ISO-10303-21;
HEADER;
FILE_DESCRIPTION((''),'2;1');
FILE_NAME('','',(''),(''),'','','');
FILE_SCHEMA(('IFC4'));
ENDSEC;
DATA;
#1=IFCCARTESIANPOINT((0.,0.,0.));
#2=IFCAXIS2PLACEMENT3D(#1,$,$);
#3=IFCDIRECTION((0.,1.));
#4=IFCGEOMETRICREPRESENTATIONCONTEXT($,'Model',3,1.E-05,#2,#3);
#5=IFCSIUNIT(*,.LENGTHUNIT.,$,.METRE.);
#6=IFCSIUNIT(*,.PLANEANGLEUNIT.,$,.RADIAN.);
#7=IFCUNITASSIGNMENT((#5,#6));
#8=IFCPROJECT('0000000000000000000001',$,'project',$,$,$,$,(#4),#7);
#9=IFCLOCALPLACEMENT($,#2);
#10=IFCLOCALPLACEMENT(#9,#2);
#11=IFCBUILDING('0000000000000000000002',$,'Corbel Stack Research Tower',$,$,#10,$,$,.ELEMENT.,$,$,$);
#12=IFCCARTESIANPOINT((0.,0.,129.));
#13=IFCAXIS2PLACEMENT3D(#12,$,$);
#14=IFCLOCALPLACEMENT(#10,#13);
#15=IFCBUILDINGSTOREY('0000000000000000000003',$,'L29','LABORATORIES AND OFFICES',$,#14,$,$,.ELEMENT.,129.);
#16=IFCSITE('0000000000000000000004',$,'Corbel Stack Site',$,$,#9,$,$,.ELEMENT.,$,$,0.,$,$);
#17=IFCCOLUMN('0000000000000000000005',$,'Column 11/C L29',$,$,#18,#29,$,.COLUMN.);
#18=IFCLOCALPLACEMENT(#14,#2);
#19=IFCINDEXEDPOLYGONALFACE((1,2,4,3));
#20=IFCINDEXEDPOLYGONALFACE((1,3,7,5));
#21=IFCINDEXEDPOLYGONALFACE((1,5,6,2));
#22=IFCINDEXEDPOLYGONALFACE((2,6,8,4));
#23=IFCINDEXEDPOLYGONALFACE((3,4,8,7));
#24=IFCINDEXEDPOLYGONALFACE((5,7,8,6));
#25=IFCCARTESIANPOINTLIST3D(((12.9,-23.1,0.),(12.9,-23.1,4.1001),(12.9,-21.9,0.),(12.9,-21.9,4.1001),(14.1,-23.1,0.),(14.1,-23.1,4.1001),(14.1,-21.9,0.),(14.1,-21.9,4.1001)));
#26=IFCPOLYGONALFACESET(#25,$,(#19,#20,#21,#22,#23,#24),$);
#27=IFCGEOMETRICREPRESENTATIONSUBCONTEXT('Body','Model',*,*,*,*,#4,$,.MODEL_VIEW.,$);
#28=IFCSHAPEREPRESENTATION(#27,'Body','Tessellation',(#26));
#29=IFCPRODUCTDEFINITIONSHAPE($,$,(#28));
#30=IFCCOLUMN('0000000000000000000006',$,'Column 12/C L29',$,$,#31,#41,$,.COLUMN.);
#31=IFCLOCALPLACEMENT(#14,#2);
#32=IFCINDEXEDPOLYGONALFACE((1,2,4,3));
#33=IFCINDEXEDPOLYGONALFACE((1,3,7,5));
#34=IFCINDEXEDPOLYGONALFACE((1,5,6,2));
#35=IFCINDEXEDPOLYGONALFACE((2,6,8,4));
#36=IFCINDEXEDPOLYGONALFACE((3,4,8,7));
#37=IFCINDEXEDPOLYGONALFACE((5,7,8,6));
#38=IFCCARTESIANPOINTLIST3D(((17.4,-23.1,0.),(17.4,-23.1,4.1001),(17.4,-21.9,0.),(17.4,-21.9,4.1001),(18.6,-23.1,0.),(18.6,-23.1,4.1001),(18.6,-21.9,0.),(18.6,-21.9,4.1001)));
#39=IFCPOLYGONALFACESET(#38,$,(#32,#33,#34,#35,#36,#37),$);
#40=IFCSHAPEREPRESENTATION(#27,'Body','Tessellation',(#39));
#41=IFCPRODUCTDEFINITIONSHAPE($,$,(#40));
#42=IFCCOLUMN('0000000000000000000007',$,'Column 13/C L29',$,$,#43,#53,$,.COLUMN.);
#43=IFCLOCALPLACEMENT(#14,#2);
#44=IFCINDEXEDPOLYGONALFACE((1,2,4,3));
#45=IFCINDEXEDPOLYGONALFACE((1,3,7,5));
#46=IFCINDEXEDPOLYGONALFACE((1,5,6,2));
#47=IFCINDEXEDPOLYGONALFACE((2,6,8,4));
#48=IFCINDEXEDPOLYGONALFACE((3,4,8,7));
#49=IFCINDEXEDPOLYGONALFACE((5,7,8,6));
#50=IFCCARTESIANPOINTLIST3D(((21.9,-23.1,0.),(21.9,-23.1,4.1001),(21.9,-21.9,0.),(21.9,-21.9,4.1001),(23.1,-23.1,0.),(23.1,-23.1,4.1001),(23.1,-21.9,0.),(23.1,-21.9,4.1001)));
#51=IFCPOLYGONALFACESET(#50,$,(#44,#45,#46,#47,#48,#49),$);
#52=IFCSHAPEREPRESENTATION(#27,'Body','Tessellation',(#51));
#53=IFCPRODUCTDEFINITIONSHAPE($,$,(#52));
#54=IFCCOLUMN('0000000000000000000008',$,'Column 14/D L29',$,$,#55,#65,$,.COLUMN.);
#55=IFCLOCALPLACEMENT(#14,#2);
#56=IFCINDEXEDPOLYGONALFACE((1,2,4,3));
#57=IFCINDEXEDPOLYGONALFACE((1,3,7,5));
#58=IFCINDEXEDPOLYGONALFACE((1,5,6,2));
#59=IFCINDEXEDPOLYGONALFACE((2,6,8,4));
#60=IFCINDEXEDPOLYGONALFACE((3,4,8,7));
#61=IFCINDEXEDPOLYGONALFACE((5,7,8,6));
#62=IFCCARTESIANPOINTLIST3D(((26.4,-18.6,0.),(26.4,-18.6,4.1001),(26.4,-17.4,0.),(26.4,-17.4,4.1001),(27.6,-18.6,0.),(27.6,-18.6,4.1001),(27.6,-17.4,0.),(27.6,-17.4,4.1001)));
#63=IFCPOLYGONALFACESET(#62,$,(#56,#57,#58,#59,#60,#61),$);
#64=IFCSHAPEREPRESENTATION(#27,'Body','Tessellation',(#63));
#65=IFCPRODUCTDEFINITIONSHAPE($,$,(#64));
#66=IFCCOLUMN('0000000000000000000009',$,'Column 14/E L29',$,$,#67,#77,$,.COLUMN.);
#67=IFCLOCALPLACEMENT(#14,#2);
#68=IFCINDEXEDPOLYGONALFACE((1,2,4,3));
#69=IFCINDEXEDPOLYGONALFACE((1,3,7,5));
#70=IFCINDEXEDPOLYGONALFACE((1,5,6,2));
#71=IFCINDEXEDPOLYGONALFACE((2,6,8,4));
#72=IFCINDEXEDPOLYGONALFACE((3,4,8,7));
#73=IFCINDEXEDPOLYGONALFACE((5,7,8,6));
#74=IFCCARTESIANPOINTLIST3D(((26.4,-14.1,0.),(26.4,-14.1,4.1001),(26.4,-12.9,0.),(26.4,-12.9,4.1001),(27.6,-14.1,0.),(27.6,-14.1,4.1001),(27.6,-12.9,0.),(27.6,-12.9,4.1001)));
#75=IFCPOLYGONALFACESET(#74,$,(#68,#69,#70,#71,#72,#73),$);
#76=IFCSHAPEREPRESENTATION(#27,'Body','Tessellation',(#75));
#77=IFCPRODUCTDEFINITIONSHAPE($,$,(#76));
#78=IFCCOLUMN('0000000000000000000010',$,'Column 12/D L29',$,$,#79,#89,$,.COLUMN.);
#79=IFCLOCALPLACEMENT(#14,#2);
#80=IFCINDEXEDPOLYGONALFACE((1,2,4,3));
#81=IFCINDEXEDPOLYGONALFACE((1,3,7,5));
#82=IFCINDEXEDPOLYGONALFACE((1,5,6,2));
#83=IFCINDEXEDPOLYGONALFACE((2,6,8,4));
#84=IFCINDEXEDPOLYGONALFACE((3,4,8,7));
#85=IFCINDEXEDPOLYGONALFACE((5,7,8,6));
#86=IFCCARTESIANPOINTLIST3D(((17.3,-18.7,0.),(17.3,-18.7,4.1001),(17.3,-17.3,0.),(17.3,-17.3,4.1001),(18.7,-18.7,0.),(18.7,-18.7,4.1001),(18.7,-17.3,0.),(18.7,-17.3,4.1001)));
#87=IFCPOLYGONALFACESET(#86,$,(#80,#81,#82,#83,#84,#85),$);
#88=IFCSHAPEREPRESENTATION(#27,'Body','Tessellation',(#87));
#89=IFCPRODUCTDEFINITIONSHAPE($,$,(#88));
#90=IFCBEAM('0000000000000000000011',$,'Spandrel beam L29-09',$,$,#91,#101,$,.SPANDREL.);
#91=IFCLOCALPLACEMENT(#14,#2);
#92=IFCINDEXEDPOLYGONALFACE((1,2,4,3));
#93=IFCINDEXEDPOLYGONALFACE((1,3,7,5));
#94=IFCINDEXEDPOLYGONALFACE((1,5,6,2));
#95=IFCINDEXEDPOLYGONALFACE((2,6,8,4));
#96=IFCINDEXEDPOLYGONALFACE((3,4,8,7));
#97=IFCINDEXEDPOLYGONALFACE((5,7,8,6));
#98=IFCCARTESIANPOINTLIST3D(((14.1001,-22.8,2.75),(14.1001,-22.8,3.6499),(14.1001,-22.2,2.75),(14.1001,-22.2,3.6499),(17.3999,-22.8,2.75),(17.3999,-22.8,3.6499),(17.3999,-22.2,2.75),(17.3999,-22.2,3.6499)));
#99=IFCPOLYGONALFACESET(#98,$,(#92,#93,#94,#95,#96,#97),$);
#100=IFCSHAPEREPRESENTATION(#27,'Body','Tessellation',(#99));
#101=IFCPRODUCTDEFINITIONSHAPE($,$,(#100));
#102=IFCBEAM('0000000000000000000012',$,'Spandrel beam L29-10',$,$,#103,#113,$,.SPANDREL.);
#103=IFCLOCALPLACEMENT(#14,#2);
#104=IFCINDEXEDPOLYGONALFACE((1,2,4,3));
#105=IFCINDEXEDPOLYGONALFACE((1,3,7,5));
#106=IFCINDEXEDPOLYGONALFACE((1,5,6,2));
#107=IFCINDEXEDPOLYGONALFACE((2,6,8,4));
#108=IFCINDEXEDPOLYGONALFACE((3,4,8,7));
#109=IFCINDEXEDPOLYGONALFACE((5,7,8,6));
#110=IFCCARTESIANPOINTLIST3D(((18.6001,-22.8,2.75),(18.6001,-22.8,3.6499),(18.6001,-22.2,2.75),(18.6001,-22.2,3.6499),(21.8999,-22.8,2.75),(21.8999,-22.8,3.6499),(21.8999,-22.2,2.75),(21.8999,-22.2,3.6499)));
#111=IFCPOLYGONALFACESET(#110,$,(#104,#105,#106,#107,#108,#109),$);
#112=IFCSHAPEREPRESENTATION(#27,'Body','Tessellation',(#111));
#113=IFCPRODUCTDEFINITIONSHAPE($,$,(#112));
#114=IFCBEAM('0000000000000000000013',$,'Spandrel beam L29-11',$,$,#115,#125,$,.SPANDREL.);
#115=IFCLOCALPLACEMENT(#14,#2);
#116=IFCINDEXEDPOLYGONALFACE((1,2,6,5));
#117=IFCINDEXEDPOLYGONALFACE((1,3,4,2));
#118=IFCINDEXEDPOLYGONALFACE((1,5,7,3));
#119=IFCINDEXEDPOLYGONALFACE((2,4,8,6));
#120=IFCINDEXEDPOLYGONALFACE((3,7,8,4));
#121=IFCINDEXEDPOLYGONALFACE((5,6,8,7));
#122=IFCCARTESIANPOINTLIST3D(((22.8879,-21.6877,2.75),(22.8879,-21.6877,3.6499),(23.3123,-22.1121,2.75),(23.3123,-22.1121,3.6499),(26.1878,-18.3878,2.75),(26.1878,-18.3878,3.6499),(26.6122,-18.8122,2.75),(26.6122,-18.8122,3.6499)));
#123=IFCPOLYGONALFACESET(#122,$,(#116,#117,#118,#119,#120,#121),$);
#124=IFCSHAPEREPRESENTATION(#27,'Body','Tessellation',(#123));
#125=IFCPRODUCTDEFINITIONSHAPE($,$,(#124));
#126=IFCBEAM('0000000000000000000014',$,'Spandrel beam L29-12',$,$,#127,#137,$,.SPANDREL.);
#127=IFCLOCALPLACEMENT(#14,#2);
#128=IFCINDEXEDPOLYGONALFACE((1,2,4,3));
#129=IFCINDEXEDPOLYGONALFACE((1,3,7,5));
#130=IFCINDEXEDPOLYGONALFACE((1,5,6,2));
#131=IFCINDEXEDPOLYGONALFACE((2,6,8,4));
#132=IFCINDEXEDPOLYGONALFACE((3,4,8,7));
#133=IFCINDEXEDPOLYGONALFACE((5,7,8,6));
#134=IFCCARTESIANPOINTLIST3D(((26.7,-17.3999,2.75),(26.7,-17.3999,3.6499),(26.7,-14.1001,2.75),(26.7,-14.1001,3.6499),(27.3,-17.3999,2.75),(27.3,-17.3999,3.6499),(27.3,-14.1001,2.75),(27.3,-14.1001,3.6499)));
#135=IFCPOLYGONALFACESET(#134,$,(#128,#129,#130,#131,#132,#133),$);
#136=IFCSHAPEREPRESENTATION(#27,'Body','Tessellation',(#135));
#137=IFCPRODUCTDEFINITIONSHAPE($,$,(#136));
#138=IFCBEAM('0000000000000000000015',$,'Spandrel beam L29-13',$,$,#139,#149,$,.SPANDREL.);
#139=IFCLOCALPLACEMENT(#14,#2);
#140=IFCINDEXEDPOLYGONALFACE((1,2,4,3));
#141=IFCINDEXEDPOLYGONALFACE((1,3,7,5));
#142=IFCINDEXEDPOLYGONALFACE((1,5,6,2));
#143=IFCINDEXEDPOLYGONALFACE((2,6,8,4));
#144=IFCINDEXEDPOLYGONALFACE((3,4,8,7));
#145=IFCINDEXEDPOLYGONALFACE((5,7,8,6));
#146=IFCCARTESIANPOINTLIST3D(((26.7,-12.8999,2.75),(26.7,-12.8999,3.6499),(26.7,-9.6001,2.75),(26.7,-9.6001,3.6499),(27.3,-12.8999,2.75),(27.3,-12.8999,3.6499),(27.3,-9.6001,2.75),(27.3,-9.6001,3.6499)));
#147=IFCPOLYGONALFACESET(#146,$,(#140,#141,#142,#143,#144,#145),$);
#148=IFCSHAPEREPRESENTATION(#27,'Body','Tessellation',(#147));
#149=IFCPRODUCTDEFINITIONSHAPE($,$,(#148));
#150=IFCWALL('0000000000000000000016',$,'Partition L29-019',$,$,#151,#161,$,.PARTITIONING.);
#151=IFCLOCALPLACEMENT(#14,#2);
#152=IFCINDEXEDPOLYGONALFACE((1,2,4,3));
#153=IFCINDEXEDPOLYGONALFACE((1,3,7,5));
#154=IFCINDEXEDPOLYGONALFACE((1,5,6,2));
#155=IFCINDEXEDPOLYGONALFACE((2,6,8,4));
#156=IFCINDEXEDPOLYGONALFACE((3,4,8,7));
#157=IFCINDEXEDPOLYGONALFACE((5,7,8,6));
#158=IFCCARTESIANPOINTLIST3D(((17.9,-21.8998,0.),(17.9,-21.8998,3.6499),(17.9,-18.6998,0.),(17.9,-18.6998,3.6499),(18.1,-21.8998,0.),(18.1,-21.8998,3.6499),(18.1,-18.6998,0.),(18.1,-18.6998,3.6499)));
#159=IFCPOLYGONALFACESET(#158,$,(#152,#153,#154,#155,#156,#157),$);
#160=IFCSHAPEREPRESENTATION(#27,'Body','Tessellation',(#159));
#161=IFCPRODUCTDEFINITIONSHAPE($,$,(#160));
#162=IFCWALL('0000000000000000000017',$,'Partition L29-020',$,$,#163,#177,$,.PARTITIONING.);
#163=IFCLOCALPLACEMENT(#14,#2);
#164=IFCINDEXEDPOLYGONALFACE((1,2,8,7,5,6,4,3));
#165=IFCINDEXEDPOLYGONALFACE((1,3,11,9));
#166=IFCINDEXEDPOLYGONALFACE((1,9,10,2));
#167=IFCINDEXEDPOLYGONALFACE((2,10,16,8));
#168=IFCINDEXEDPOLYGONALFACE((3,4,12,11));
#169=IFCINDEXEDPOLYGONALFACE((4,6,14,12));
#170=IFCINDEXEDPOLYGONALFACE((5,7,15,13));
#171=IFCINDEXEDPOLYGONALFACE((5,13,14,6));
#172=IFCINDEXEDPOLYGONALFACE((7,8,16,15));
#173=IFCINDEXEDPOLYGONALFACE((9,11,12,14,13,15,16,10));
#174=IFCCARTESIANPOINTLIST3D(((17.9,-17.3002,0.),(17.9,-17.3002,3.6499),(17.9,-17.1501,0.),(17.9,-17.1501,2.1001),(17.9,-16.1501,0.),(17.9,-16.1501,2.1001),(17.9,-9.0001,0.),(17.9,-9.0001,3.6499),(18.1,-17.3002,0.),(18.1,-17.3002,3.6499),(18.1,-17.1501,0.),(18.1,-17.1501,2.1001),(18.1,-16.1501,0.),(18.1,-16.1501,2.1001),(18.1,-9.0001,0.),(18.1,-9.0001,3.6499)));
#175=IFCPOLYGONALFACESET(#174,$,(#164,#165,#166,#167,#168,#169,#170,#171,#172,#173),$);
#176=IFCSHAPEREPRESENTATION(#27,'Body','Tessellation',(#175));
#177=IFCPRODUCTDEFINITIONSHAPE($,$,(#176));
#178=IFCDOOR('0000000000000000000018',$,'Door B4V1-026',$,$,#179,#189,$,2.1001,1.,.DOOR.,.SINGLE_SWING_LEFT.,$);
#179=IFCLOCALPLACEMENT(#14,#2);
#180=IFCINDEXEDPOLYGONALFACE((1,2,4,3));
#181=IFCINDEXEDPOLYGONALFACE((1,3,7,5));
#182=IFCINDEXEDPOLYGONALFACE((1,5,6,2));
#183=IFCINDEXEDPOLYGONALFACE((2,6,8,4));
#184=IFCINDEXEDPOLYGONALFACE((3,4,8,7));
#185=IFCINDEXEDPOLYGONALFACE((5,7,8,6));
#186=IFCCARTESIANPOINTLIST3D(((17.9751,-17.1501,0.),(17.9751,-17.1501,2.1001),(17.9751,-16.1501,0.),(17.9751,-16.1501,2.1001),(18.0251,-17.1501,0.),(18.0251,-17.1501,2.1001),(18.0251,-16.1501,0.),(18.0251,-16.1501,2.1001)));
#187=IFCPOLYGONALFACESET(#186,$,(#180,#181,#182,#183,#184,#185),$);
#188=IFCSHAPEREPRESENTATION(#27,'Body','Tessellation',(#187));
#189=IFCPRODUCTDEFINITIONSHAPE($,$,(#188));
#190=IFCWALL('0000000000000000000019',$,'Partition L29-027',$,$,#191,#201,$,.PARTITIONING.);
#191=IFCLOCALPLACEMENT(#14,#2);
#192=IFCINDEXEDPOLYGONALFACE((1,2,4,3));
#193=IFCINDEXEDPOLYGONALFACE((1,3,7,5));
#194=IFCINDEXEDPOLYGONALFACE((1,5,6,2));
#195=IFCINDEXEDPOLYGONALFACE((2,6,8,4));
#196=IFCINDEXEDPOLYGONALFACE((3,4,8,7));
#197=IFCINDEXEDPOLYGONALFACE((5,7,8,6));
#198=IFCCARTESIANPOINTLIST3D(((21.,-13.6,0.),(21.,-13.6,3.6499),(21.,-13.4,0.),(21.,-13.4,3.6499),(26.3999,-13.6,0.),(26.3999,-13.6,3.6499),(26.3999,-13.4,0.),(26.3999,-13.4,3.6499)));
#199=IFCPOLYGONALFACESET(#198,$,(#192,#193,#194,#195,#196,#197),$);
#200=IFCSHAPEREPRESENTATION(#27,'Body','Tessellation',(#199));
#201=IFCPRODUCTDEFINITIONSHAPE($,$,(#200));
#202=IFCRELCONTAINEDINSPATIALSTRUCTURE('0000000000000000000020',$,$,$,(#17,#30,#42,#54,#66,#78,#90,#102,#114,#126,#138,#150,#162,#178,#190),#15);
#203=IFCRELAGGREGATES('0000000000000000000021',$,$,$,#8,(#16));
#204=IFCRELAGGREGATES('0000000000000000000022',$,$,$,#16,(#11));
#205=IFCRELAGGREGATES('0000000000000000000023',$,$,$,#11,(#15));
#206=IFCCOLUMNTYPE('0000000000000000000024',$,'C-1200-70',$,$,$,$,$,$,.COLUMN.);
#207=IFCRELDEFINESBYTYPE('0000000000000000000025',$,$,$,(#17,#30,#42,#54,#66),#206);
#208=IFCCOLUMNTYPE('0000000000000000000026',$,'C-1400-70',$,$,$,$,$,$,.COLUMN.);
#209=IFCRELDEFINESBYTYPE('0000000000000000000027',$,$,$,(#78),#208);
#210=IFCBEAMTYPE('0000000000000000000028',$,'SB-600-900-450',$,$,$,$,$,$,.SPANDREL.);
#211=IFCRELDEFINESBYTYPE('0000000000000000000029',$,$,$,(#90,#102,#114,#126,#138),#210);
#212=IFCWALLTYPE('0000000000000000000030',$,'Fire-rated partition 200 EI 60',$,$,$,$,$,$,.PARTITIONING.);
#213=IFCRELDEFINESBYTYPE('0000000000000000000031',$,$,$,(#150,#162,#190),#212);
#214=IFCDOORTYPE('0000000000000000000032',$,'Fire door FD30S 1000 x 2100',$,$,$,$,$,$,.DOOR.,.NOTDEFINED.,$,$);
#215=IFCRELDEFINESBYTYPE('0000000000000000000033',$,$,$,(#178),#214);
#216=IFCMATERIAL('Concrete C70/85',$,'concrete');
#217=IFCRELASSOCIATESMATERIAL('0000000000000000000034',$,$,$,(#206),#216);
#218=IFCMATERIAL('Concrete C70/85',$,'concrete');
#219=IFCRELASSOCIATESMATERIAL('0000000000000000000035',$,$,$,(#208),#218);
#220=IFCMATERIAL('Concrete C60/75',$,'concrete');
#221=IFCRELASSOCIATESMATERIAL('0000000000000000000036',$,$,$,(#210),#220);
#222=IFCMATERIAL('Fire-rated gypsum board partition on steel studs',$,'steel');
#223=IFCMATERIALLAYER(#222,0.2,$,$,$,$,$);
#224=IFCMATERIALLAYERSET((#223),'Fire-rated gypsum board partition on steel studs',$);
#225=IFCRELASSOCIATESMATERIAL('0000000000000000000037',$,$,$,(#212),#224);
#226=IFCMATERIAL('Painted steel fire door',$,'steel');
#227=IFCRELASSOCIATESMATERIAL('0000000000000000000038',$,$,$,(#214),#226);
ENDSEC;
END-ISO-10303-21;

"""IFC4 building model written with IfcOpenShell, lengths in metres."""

from ifc_helpers import new_model, si_unit, direction, frame, frame_2d, origin, origin_2d, place, context, subcontext, project, spatial, rectangle, extrude, material, layer, layer_set, material_profile, profile_set, type_object, element, fill, save


model = new_model("IFC4")

# Units and contexts
model_context = context("Model", 3, precision=1e-05, world=origin(), true_north=direction((0.0, 1.0)))
body_context = subcontext(model_context, "Body", "Model", "MODEL_VIEW")
ifc_project = project(units=[si_unit("LENGTHUNIT", "METRE"), si_unit("PLANEANGLEUNIT", "RADIAN")], contexts=[model_context])

# Site, building, storey
site_placement = place(None, origin())
site = spatial("IfcSite", under=ifc_project, at=site_placement, Name="Corbel Stack Site", CompositionType="ELEMENT", RefElevation=0.0)
building_placement = place(site_placement, origin())
building = spatial("IfcBuilding", under=site, at=building_placement, Name="Corbel Stack Research Tower", CompositionType="ELEMENT")
storey_placement = place(building_placement, frame((0.0, 0.0, 129.0)))
storey = spatial("IfcBuildingStorey", under=building, at=storey_placement, Name="L29", Description="LABORATORIES AND OFFICES", CompositionType="ELEMENT", Elevation=129.0)

# Columns
ifc_material_1 = material(Name="Concrete C70/85", Category="concrete")
ifc_material_profile_1 = material_profile(ifc_material_1, rectangle(XDim=1.2, YDim=1.2, at=origin_2d()), Name="RC 1200 x 1200")
ifc_profile_set_1 = profile_set([ifc_material_profile_1], Name="Concrete C70/85")
column_type_1 = type_object("IfcColumnType", Name="C-1200-70", PredefinedType="COLUMN", material=ifc_profile_set_1)
for number, where, z_axis, x_axis, name in (
    (1, (13.5, -22.5, 0.0), (0.0, 0.0, 1.0), (1.0, 0.0, 0.0), "Column 11/C L29"),
    (2, (18.0, -22.5, 0.0), (0.0, 0.0, 1.0), (1.0, 0.0, 0.0), "Column 12/C L29"),
    (3, (22.5, -22.5, 0.0), (0.0, 0.0, 1.0), (1.0, 0.0, 0.0), "Column 13/C L29"),
    (4, (27.0, -18.0, 0.0), (0.0, 0.0, 1.0), (1.0, 0.0, 0.0), "Column 14/D L29"),
    (5, (27.0, -13.5, 0.0), (0.0, 0.0, 1.0), (1.0, 0.0, 0.0), "Column 14/E L29"),
):
    element("IfcColumn", number, at=place(storey_placement, frame(where, z_axis=z_axis, x_axis=x_axis)), inside=storey, type_object=column_type_1, Name=name, PredefinedType="COLUMN", context=body_context, shape_type="SweptSolid", body=[
        extrude(rectangle(XDim=1.2, YDim=1.2, at=origin_2d()), origin(), (0.0, 0.0, 1.0), 4.1001),
    ])
ifc_material_2 = material(Name="Concrete C70/85", Category="concrete")
ifc_material_profile_2 = material_profile(ifc_material_2, rectangle(XDim=1.3999, YDim=1.3999, at=origin_2d()), Name="RC 1400 x 1400")
ifc_profile_set_2 = profile_set([ifc_material_profile_2], Name="Concrete C70/85")
column_type_2 = type_object("IfcColumnType", Name="C-1400-70", PredefinedType="COLUMN", material=ifc_profile_set_2)
column_placement = place(storey_placement, frame((18.0, -18.0, 0.0), z_axis=(0.0, 0.0, 1.0), x_axis=(1.0, 0.0, 0.0)))
element("IfcColumn", 6, at=column_placement, inside=storey, type_object=column_type_2, Name="Column 12/D L29", PredefinedType="COLUMN", context=body_context, shape_type="SweptSolid", body=[
    extrude(rectangle(XDim=1.3999, YDim=1.3999, at=origin_2d()), origin(), (0.0, 0.0, 1.0), 4.1001),
])

# Beams
ifc_material_3 = material(Name="Concrete C60/75", Category="concrete")
ifc_material_profile_3 = material_profile(ifc_material_3, rectangle(XDim=0.6001, YDim=0.8999, at=origin_2d()), Name="RC 600 x 900")
ifc_profile_set_3 = profile_set([ifc_material_profile_3], Name="Concrete C60/75")
beam_type = type_object("IfcBeamType", Name="SB-600-900-450", PredefinedType="SPANDREL", material=ifc_profile_set_3)
for number, where, z_axis, x_axis, name in (
    (7, (14.1001, -22.5, 3.2), (1.0, 0.0, 0.0), (0.0, 1.0, 0.0), "Spandrel beam L29-09"),
    (8, (18.6001, -22.5, 3.2), (1.0, 0.0, 0.0), (0.0, 1.0, 0.0), "Spandrel beam L29-10"),
):
    element("IfcBeam", number, at=place(storey_placement, frame(where, z_axis=z_axis, x_axis=x_axis)), inside=storey, type_object=beam_type, Name=name, PredefinedType="SPANDREL", context=body_context, shape_type="SweptSolid", body=[
        extrude(rectangle(XDim=0.6001, YDim=0.8999, at=origin_2d()), origin(), (0.0, 0.0, 1.0), 3.2998),
    ])
beam_placement = place(storey_placement, frame((23.1001, -21.8999, 3.2), z_axis=(0.707107, 0.707107, 0.0), x_axis=(-0.707107, 0.707107, 0.0)))
element("IfcBeam", 9, at=beam_placement, inside=storey, type_object=beam_type, Name="Spandrel beam L29-11", PredefinedType="SPANDREL", context=body_context, shape_type="SweptSolid", body=[
    extrude(rectangle(XDim=0.6001, YDim=0.8999, at=origin_2d()), origin(), (0.0, 0.0, 1.0), 4.6667),
])
for number, where, z_axis, x_axis, name in (
    (10, (27.0, -17.3999, 3.2), (0.0, 1.0, 0.0), (-1.0, 0.0, 0.0), "Spandrel beam L29-12"),
    (11, (27.0, -12.8999, 3.2), (0.0, 1.0, 0.0), (-1.0, 0.0, 0.0), "Spandrel beam L29-13"),
):
    element("IfcBeam", number, at=place(storey_placement, frame(where, z_axis=z_axis, x_axis=x_axis)), inside=storey, type_object=beam_type, Name=name, PredefinedType="SPANDREL", context=body_context, shape_type="SweptSolid", body=[
        extrude(rectangle(XDim=0.6001, YDim=0.8999, at=origin_2d()), origin(), (0.0, 0.0, 1.0), 3.2998),
    ])

# Wall
ifc_material_4 = material(Name="Fire-rated gypsum board partition on steel studs", Category="steel")
ifc_layer_1 = layer(ifc_material_4, 0.2)
ifc_layer_set_1 = layer_set([ifc_layer_1], Name="Fire-rated gypsum board partition on steel studs")
wall_type_1 = type_object("IfcWallType", Name="Fire-rated partition 200 EI 60", PredefinedType="PARTITIONING", material=ifc_layer_set_1)
wall_1_placement = place(storey_placement, frame((18.0, -21.8999, 0.0), z_axis=(0.0, 0.0, 1.0), x_axis=(0.0, 1.0, 0.0)))
element("IfcWall", 12, at=wall_1_placement, inside=storey, type_object=wall_type_1, Name="Partition L29-019", PredefinedType="PARTITIONING", context=body_context, shape_type="SweptSolid", body=[
    extrude(rectangle(XDim=3.2, YDim=0.2, at=frame_2d((1.6001, 0.0))), origin(), (0.0, 0.0, 1.0), 3.6499),
])

# Wall, opening, door
wall_2_placement = place(storey_placement, frame((18.0, -17.3, 0.0), z_axis=(0.0, 0.0, 1.0), x_axis=(0.0, 1.0, 0.0)))
wall_2 = element("IfcWall", 13, at=wall_2_placement, inside=storey, type_object=wall_type_1, Name="Partition L29-020", PredefinedType="PARTITIONING", context=body_context, shape_type="SweptSolid", body=[
    extrude(rectangle(XDim=8.3, YDim=0.2, at=frame_2d((4.1499, 0.0))), origin(), (0.0, 0.0, 1.0), 3.6499),
])
opening_1_placement = place(wall_2_placement, frame((0.1499, 0.0, 0.0)))
opening_1 = element("IfcOpeningElement", 14, at=opening_1_placement, cuts=wall_2, PredefinedType="OPENING", context=body_context, shape_type="SweptSolid", body=[
    extrude(rectangle(XDim=1.0, YDim=2.1001, at=frame_2d((0.5, 1.05))), frame((0.0, 0.1099, 0.0), z_axis=(0.0, -1.0, 0.0), x_axis=(1.0, 0.0, 0.0)), (0.0, 0.0, 1.0), 0.22),
])
ifc_material_5 = material(Name="Painted steel fire door", Category="steel")
door_type_1 = type_object("IfcDoorType", Name="Fire door FD30S 1000 x 2100", OperationType="NOTDEFINED", PredefinedType="DOOR", material=ifc_material_5)
door_1_placement = place(opening_1_placement, origin())
door_1 = element("IfcDoor", 15, at=door_1_placement, inside=storey, type_object=door_type_1, Name="Door B4V1-026", OperationType="SINGLE_SWING_LEFT", OverallHeight=2.1001, OverallWidth=1.0, PredefinedType="DOOR", context=body_context, shape_type="SweptSolid", body=[
    extrude(rectangle(XDim=1.0, YDim=2.1001, at=frame_2d((0.5, 1.05))), frame((0.0, 0.0249, 0.0), z_axis=(0.0, -1.0, 0.0), x_axis=(1.0, 0.0, 0.0)), (0.0, 0.0, 1.0), 0.05),
])
fill(opening_1, door_1)

# Wall
wall_3_placement = place(storey_placement, frame((21.0, -13.5, 0.0), z_axis=(0.0, 0.0, 1.0), x_axis=(1.0, 0.0, 0.0)))
element("IfcWall", 16, at=wall_3_placement, inside=storey, type_object=wall_type_1, Name="Partition L29-027", PredefinedType="PARTITIONING", context=body_context, shape_type="SweptSolid", body=[
    extrude(rectangle(XDim=5.3999, YDim=0.2, at=frame_2d((2.7, 0.0))), origin(), (0.0, 0.0, 1.0), 3.6499),
])

save(model, "model.ifc")
